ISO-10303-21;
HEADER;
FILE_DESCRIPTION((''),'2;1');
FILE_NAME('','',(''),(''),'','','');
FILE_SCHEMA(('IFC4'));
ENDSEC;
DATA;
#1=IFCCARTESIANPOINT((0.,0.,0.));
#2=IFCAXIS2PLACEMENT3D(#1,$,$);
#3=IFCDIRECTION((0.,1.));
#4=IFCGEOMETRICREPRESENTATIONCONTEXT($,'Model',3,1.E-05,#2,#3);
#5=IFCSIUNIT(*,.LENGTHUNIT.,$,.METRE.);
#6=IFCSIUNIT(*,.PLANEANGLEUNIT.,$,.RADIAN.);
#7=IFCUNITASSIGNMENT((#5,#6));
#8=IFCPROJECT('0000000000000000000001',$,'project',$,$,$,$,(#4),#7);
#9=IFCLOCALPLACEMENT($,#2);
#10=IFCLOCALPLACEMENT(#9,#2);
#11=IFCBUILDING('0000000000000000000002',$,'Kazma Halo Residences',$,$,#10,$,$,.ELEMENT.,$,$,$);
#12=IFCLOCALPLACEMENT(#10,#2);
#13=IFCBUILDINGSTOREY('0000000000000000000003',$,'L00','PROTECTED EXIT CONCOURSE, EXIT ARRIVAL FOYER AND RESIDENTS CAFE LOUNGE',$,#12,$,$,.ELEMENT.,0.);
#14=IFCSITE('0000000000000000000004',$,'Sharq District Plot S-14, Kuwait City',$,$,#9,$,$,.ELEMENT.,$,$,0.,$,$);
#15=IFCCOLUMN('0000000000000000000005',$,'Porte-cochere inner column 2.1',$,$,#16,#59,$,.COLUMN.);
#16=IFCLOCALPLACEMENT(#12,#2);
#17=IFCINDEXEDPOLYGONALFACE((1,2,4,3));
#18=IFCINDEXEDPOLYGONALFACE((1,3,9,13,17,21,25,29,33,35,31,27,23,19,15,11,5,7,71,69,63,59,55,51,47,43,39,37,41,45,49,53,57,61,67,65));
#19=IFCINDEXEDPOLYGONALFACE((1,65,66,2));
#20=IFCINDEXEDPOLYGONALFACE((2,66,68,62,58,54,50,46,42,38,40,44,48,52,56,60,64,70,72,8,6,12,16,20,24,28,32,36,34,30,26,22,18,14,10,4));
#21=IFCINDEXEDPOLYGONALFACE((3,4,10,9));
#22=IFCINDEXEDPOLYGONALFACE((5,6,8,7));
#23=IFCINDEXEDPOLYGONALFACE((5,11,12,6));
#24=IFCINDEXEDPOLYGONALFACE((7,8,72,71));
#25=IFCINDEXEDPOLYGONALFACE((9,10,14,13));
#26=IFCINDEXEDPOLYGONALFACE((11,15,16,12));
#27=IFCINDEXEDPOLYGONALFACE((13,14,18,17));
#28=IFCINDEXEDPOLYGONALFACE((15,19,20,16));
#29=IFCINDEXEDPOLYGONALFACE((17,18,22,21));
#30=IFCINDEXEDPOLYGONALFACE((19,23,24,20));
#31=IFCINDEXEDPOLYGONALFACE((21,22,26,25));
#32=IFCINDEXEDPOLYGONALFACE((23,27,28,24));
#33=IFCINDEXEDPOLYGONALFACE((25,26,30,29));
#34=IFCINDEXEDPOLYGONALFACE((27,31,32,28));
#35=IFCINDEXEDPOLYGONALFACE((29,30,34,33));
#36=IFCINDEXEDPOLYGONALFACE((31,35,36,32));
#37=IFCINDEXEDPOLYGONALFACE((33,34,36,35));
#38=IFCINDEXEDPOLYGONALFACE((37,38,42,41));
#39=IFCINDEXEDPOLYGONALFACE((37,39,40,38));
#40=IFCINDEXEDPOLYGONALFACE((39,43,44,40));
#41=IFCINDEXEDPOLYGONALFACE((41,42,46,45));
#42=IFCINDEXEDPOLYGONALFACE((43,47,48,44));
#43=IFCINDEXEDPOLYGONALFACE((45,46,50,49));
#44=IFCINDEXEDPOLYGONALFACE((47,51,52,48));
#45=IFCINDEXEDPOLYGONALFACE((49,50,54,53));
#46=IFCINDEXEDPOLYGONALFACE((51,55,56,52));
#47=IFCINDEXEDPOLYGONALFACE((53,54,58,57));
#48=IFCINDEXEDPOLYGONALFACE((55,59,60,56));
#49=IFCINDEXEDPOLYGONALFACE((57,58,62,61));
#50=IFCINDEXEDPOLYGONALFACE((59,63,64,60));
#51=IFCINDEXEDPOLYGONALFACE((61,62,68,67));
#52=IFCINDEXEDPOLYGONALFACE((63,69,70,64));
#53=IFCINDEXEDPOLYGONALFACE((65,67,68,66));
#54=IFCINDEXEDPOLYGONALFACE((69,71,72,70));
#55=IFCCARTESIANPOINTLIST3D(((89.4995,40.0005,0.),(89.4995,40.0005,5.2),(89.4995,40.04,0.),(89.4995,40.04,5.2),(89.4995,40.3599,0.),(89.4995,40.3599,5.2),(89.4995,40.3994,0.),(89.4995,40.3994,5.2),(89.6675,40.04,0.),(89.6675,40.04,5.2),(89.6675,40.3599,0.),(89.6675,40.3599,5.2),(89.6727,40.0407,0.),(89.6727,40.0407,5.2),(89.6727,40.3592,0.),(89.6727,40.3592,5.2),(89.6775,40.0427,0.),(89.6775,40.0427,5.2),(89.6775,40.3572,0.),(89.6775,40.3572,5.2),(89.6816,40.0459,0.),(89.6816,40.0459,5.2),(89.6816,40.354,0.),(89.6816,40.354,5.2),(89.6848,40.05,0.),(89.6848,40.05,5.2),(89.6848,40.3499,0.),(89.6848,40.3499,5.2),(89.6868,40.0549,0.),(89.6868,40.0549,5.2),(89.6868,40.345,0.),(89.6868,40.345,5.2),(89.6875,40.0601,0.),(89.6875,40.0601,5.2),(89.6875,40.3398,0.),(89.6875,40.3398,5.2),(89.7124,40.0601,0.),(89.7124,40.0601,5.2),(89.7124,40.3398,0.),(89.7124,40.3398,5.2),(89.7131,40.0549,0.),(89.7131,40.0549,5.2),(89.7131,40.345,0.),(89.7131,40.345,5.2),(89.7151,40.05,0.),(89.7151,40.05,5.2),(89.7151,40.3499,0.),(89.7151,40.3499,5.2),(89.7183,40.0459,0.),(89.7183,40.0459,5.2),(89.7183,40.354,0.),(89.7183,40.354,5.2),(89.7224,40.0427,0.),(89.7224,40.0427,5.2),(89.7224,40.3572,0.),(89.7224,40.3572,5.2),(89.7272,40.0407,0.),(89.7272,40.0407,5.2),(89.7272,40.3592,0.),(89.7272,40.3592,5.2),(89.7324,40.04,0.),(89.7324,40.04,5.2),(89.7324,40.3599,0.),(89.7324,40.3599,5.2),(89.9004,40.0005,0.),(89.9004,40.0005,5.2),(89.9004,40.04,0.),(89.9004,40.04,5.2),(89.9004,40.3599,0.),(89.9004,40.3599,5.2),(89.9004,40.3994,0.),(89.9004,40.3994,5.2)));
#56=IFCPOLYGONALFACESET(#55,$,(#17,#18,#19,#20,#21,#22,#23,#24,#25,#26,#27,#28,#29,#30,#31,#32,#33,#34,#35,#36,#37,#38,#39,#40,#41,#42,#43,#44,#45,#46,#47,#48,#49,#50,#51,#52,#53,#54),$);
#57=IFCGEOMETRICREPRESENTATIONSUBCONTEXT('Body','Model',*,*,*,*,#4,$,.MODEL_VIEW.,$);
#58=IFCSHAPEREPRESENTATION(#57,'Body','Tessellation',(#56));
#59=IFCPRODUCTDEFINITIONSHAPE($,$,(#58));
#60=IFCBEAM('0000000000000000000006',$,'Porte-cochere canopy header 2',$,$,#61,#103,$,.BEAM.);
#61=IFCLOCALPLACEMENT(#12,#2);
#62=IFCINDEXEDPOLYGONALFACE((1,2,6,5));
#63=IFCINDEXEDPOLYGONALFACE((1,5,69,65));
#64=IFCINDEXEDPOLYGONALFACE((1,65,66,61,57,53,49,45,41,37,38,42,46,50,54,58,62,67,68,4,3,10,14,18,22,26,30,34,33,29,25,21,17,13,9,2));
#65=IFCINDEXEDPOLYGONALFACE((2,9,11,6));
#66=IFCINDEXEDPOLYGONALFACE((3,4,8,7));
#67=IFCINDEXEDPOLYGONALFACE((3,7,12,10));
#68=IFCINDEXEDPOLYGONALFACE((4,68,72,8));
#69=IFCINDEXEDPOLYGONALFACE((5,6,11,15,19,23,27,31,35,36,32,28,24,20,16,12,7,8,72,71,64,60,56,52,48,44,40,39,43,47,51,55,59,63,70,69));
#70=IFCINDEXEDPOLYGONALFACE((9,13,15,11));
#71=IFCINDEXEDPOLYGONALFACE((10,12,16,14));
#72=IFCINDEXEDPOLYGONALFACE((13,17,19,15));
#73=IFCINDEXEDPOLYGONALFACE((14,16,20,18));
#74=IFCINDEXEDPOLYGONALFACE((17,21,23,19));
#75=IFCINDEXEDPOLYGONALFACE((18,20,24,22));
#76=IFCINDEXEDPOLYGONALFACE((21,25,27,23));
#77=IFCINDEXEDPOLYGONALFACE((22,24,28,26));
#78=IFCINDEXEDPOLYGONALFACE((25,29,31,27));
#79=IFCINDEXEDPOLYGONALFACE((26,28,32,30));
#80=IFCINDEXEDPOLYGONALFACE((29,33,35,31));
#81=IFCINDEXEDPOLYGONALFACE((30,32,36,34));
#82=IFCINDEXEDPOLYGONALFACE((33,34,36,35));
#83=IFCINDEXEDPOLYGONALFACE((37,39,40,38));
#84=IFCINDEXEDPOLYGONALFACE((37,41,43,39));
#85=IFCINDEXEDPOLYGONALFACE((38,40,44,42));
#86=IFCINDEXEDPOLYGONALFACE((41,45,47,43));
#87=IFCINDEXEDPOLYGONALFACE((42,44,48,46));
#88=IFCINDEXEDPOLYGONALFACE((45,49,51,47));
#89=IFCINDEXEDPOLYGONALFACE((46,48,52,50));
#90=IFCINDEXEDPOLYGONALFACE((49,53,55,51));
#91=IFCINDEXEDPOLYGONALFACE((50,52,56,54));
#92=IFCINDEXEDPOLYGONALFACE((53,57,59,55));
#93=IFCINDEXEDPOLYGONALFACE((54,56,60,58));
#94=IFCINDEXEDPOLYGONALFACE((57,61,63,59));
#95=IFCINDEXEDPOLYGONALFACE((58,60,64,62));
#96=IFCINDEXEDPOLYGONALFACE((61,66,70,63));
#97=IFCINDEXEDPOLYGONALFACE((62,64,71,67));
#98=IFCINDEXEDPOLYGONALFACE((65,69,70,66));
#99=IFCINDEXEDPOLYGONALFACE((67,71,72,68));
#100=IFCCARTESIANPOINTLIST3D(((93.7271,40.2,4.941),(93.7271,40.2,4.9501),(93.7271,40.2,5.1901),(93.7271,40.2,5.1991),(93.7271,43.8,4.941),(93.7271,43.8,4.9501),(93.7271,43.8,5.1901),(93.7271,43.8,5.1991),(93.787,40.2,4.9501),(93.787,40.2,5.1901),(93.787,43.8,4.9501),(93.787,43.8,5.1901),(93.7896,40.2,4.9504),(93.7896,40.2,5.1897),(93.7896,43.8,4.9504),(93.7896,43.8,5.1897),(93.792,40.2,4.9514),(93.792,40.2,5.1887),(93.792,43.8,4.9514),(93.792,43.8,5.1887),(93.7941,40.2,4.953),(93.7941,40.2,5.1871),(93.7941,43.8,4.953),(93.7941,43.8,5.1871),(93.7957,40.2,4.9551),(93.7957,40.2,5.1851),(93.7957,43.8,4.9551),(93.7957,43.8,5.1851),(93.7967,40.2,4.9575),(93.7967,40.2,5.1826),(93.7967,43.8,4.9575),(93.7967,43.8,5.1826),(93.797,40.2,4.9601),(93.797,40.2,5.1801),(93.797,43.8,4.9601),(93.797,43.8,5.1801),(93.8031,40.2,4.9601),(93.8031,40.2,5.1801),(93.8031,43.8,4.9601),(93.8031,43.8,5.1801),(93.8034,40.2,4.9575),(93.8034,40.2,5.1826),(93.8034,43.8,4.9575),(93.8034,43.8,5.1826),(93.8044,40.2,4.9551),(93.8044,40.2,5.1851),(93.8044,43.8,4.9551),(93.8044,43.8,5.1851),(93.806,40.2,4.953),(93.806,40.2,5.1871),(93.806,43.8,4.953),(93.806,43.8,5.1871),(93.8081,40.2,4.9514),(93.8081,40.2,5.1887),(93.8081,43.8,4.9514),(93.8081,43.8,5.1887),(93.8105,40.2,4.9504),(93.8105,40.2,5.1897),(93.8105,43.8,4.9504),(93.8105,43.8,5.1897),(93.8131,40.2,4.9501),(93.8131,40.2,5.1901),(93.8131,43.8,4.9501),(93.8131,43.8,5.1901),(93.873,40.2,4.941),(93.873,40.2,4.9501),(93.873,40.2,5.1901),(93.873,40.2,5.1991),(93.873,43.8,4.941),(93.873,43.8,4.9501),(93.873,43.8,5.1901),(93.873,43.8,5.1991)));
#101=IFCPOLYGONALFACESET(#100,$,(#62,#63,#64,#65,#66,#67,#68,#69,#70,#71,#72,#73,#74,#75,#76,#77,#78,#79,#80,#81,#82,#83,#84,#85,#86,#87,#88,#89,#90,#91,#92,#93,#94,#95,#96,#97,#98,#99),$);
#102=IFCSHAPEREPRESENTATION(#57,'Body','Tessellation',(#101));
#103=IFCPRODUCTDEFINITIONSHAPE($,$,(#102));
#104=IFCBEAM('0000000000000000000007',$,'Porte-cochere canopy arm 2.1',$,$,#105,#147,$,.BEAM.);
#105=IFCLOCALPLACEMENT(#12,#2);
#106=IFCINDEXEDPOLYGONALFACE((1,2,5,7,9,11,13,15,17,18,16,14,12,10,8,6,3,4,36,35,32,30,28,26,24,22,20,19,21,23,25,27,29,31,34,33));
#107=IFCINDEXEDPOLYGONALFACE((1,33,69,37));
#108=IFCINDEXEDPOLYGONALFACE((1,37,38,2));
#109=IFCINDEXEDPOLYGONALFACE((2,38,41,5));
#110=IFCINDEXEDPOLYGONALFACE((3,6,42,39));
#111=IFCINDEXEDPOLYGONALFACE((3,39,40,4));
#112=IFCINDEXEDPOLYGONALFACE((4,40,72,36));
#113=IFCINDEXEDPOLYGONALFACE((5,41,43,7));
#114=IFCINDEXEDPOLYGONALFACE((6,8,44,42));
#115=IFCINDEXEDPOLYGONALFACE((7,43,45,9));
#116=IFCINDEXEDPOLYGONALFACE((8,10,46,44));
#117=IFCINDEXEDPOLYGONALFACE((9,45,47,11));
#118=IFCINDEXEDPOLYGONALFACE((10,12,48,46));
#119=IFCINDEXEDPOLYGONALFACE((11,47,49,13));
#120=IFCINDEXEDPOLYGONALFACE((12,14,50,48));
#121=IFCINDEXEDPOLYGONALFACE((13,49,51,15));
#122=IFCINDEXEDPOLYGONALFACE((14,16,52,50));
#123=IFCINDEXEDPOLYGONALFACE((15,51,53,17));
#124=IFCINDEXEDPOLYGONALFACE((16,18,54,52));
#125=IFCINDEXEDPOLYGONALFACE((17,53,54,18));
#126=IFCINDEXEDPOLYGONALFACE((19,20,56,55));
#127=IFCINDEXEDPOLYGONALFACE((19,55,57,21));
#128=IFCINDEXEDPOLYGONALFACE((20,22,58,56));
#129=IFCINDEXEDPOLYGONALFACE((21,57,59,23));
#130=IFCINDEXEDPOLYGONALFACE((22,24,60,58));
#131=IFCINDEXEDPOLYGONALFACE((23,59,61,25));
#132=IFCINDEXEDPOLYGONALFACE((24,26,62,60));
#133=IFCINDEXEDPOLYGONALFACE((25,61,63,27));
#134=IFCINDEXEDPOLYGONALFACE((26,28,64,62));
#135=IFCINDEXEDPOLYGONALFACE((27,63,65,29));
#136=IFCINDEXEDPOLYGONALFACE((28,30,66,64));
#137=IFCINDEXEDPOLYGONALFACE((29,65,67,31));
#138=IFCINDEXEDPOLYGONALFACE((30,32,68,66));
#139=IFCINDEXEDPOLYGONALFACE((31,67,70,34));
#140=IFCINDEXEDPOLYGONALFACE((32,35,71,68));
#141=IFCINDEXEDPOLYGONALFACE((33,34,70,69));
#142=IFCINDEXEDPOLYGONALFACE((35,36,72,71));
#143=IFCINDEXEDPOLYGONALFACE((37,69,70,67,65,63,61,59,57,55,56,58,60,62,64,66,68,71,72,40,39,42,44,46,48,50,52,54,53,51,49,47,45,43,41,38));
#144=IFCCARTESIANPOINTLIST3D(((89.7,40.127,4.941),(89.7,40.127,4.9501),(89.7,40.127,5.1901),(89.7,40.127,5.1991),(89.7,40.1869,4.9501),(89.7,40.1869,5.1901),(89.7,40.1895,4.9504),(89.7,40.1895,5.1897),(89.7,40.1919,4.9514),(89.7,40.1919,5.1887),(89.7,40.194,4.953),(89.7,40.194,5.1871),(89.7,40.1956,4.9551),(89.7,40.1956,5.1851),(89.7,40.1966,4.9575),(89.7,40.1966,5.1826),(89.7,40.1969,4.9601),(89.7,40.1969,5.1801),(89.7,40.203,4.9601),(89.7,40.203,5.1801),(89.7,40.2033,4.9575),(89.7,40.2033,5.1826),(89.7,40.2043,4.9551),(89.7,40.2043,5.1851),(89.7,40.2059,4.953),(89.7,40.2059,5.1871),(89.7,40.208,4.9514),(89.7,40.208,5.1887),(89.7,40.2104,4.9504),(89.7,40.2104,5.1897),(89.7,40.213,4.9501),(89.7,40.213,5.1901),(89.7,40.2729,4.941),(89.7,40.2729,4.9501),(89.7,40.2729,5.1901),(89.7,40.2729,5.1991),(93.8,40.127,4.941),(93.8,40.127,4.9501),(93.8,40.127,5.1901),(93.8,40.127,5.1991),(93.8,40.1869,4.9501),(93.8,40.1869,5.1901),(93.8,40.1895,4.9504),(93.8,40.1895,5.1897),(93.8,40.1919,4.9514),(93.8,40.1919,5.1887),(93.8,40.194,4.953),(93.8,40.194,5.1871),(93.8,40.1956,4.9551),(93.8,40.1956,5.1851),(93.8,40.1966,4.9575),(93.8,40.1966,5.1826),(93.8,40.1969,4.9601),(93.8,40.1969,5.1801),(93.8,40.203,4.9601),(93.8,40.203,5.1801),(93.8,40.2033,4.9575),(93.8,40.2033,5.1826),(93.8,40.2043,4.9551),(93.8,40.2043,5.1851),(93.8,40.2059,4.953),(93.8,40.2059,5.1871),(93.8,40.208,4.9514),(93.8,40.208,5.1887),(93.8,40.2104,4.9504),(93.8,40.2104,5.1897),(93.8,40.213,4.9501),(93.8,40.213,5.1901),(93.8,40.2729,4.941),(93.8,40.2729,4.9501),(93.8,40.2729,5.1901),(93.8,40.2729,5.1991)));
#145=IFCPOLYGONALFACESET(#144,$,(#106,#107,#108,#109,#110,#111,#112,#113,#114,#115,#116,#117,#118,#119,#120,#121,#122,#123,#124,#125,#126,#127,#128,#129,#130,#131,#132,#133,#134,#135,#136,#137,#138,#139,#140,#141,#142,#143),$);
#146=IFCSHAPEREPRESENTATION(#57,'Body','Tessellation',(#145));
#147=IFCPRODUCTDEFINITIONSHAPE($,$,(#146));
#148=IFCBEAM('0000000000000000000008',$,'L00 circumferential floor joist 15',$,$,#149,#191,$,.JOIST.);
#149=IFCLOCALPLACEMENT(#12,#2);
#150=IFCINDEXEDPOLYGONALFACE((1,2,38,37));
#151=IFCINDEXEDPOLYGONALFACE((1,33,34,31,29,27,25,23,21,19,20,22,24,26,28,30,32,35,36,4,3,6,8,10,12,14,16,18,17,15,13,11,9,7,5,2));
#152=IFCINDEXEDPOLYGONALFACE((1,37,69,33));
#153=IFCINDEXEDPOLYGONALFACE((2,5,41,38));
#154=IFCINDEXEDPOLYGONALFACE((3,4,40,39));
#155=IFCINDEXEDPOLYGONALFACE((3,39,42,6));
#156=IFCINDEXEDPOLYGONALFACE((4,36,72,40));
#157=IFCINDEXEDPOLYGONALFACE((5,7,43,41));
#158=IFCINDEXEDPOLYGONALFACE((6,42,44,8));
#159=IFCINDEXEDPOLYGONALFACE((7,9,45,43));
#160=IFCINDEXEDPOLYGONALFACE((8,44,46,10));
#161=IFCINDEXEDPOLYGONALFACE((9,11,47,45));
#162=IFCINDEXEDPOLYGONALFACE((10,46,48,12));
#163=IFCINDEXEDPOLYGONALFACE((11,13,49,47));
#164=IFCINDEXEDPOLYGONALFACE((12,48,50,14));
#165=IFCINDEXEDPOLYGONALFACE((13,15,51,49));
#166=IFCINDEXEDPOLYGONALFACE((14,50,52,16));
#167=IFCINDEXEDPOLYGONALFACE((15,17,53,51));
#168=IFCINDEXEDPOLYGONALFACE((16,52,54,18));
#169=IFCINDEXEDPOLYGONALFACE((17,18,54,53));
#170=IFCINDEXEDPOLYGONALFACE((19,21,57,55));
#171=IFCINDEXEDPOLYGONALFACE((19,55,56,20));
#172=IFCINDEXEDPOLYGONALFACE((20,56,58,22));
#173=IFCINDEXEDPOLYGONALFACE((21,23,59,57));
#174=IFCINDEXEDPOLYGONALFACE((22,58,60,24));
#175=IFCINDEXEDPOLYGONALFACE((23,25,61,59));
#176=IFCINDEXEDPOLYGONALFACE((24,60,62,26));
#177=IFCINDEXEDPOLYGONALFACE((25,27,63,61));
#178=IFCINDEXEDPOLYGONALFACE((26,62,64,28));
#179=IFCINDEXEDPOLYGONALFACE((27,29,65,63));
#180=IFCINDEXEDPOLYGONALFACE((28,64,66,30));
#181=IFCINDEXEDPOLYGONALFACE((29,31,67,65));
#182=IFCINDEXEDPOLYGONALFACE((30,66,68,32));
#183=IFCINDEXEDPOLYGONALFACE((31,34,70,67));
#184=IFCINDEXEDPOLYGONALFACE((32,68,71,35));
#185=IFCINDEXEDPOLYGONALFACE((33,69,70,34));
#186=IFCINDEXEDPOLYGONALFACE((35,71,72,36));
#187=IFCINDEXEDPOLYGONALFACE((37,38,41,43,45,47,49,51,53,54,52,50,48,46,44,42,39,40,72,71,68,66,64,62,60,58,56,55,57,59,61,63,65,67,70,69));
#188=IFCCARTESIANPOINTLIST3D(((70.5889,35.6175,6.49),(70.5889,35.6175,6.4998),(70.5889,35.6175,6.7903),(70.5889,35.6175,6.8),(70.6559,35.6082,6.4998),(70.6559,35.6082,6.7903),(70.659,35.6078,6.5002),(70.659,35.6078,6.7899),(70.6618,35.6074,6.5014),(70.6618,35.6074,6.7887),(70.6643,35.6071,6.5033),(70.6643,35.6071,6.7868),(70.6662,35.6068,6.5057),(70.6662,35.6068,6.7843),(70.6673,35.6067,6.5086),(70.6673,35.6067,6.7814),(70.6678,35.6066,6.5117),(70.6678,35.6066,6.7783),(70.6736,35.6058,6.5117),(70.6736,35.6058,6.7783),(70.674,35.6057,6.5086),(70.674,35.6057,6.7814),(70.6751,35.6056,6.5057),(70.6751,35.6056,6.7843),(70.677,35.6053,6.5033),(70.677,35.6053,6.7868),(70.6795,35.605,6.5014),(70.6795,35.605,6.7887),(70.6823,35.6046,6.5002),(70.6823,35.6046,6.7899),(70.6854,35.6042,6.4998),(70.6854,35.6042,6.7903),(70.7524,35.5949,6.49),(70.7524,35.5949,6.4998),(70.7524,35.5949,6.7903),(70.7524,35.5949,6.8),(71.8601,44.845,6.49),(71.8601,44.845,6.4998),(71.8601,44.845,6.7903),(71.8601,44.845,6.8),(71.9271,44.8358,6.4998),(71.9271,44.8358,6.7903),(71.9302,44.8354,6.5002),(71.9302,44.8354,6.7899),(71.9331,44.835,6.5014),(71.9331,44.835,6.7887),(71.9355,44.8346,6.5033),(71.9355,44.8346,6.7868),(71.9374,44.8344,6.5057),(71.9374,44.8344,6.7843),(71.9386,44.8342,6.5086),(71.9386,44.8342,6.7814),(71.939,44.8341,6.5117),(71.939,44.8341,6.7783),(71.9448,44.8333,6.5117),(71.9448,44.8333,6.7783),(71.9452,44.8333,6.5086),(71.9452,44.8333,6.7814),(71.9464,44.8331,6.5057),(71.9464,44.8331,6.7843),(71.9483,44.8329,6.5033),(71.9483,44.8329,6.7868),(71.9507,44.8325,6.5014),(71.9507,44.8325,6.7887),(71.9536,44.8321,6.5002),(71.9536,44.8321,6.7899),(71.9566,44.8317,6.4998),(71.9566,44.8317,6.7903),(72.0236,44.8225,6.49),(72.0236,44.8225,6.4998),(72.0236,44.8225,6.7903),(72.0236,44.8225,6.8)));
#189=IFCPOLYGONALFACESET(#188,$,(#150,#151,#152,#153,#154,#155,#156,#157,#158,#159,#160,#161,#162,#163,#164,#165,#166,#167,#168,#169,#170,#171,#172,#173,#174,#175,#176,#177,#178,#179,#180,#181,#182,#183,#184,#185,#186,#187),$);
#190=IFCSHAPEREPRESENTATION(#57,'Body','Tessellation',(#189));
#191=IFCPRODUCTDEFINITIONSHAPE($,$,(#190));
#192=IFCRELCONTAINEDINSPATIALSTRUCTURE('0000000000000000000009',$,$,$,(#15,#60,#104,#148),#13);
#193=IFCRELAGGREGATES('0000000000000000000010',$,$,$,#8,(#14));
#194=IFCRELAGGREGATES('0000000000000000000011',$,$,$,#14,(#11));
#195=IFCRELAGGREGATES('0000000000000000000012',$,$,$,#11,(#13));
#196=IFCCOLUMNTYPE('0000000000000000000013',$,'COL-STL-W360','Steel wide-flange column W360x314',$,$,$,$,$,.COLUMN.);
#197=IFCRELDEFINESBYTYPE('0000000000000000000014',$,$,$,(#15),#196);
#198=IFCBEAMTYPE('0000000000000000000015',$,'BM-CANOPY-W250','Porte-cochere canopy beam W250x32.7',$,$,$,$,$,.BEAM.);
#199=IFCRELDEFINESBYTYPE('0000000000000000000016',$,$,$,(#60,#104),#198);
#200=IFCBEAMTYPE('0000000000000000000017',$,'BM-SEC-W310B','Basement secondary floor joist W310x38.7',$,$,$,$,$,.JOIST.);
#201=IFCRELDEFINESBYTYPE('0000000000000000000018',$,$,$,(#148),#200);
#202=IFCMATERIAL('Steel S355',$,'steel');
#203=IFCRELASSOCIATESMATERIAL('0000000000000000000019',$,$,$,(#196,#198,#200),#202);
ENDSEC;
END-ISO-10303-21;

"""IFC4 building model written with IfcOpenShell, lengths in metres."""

from ifc_helpers import new_model, si_unit, direction, frame, origin, origin_2d, place, context, subcontext, project, spatial, i_section, extrude, material, material_profile, profile_set, type_object, element, save


model = new_model("IFC4")

# Units and contexts
model_context = context("Model", 3, precision=1e-05, world=origin(), true_north=direction((0.0, 1.0)))
body_context = subcontext(model_context, "Body", "Model", "MODEL_VIEW")
ifc_project = project(units=[si_unit("LENGTHUNIT", "METRE"), si_unit("PLANEANGLEUNIT", "RADIAN")], contexts=[model_context])

# Site, building, storey
site_placement = place(None, origin())
site = spatial("IfcSite", under=ifc_project, at=site_placement, Name="Sharq District Plot S-14, Kuwait City", CompositionType="ELEMENT", RefElevation=0.0)
building_placement = place(site_placement, origin())
building = spatial("IfcBuilding", under=site, at=building_placement, Name="Kazma Halo Residences", CompositionType="ELEMENT")
storey_placement = place(building_placement, origin())
storey = spatial("IfcBuildingStorey", under=building, at=storey_placement, Name="L00", Description="PROTECTED EXIT CONCOURSE, EXIT ARRIVAL FOYER AND RESIDENTS CAFE LOUNGE", CompositionType="ELEMENT", Elevation=0.0)

# Column
ifc_material_1 = material(Name="Steel S355", Category="steel")
ifc_material_profile_1 = material_profile(ifc_material_1, i_section(OverallWidth=0.4009, OverallDepth=0.3989, WebThickness=0.0249, FlangeThickness=0.0396, FilletRadius=0.02, at=origin_2d()), Name="W360x314")
ifc_profile_set_1 = profile_set([ifc_material_profile_1], Name="Steel S355")
column_type_1 = type_object("IfcColumnType", Name="COL-STL-W360", Description="Steel wide-flange column W360x314", PredefinedType="COLUMN", material=ifc_profile_set_1)
column_1_placement = place(storey_placement, frame((89.7, 40.2, 0.0), z_axis=(0.0, 0.0, 1.0), x_axis=(1.0, 0.0, 0.0)))
element("IfcColumn", 1, at=column_1_placement, inside=storey, type_object=column_type_1, Name="Porte-cochere inner column 2.1", PredefinedType="COLUMN", context=body_context, shape_type="SweptSolid", body=[
    extrude(i_section(OverallWidth=0.4009, OverallDepth=0.3989, WebThickness=0.0249, FlangeThickness=0.0396, FilletRadius=0.02, at=origin_2d()), origin(), (0.0, 0.0, 1.0), 5.2),
])

# Beams
ifc_material_profile_2 = material_profile(ifc_material_1, i_section(OverallWidth=0.146, OverallDepth=0.2581, WebThickness=0.0061, FlangeThickness=0.009, FilletRadius=0.01, at=origin_2d()), Name="W250x32.7")
ifc_profile_set_2 = profile_set([ifc_material_profile_2], Name="Steel S355")
beam_type_1 = type_object("IfcBeamType", Name="BM-CANOPY-W250", Description="Porte-cochere canopy beam W250x32.7", PredefinedType="BEAM", material=ifc_profile_set_2)
beam_1_placement = place(storey_placement, frame((93.8, 40.2, 5.0701), z_axis=(0.0, 1.0, 0.0), x_axis=(-1.0, 0.0, 0.0)))
element("IfcBeam", 2, at=beam_1_placement, inside=storey, type_object=beam_type_1, Name="Porte-cochere canopy header 2", PredefinedType="BEAM", context=body_context, shape_type="SweptSolid", body=[
    extrude(i_section(OverallWidth=0.146, OverallDepth=0.2581, WebThickness=0.0061, FlangeThickness=0.009, FilletRadius=0.01, at=origin_2d()), origin(), (0.0, 0.0, 1.0), 3.6001),
])
beam_2_placement = place(storey_placement, frame((93.8, 40.2, 5.0701), z_axis=(-1.0, 0.0, 0.0), x_axis=(0.0, -1.0, 0.0)))
element("IfcBeam", 3, at=beam_2_placement, inside=storey, type_object=beam_type_1, Name="Porte-cochere canopy arm 2.1", PredefinedType="BEAM", context=body_context, shape_type="SweptSolid", body=[
    extrude(i_section(OverallWidth=0.146, OverallDepth=0.2581, WebThickness=0.0061, FlangeThickness=0.009, FilletRadius=0.01, at=origin_2d()), origin(), (0.0, 0.0, 1.0), 4.1001),
])
ifc_material_profile_3 = material_profile(ifc_material_1, i_section(OverallWidth=0.165, OverallDepth=0.3101, WebThickness=0.0059, FlangeThickness=0.0098, FilletRadius=0.012, at=origin_2d()), Name="W310x38.7")
ifc_profile_set_3 = profile_set([ifc_material_profile_3], Name="Steel S355")
beam_type_2 = type_object("IfcBeamType", Name="BM-SEC-W310B", Description="Basement secondary floor joist W310x38.7", PredefinedType="JOIST", material=ifc_profile_set_3)
beam_3_placement = place(storey_placement, frame((70.6707, 35.6062, 6.645), z_axis=(0.136477, 0.990643, 0.0), x_axis=(-0.990643, 0.136477, 0.0)))
element("IfcBeam", 4, at=beam_3_placement, inside=storey, type_object=beam_type_2, Name="L00 circumferential floor joist 15", PredefinedType="JOIST", context=body_context, shape_type="SweptSolid", body=[
    extrude(i_section(OverallWidth=0.165, OverallDepth=0.3101, WebThickness=0.0059, FlangeThickness=0.0098, FilletRadius=0.012, at=origin_2d()), origin(), (0.0, 0.0, 1.0), 9.3147),
])

save(model, "model.ifc")
